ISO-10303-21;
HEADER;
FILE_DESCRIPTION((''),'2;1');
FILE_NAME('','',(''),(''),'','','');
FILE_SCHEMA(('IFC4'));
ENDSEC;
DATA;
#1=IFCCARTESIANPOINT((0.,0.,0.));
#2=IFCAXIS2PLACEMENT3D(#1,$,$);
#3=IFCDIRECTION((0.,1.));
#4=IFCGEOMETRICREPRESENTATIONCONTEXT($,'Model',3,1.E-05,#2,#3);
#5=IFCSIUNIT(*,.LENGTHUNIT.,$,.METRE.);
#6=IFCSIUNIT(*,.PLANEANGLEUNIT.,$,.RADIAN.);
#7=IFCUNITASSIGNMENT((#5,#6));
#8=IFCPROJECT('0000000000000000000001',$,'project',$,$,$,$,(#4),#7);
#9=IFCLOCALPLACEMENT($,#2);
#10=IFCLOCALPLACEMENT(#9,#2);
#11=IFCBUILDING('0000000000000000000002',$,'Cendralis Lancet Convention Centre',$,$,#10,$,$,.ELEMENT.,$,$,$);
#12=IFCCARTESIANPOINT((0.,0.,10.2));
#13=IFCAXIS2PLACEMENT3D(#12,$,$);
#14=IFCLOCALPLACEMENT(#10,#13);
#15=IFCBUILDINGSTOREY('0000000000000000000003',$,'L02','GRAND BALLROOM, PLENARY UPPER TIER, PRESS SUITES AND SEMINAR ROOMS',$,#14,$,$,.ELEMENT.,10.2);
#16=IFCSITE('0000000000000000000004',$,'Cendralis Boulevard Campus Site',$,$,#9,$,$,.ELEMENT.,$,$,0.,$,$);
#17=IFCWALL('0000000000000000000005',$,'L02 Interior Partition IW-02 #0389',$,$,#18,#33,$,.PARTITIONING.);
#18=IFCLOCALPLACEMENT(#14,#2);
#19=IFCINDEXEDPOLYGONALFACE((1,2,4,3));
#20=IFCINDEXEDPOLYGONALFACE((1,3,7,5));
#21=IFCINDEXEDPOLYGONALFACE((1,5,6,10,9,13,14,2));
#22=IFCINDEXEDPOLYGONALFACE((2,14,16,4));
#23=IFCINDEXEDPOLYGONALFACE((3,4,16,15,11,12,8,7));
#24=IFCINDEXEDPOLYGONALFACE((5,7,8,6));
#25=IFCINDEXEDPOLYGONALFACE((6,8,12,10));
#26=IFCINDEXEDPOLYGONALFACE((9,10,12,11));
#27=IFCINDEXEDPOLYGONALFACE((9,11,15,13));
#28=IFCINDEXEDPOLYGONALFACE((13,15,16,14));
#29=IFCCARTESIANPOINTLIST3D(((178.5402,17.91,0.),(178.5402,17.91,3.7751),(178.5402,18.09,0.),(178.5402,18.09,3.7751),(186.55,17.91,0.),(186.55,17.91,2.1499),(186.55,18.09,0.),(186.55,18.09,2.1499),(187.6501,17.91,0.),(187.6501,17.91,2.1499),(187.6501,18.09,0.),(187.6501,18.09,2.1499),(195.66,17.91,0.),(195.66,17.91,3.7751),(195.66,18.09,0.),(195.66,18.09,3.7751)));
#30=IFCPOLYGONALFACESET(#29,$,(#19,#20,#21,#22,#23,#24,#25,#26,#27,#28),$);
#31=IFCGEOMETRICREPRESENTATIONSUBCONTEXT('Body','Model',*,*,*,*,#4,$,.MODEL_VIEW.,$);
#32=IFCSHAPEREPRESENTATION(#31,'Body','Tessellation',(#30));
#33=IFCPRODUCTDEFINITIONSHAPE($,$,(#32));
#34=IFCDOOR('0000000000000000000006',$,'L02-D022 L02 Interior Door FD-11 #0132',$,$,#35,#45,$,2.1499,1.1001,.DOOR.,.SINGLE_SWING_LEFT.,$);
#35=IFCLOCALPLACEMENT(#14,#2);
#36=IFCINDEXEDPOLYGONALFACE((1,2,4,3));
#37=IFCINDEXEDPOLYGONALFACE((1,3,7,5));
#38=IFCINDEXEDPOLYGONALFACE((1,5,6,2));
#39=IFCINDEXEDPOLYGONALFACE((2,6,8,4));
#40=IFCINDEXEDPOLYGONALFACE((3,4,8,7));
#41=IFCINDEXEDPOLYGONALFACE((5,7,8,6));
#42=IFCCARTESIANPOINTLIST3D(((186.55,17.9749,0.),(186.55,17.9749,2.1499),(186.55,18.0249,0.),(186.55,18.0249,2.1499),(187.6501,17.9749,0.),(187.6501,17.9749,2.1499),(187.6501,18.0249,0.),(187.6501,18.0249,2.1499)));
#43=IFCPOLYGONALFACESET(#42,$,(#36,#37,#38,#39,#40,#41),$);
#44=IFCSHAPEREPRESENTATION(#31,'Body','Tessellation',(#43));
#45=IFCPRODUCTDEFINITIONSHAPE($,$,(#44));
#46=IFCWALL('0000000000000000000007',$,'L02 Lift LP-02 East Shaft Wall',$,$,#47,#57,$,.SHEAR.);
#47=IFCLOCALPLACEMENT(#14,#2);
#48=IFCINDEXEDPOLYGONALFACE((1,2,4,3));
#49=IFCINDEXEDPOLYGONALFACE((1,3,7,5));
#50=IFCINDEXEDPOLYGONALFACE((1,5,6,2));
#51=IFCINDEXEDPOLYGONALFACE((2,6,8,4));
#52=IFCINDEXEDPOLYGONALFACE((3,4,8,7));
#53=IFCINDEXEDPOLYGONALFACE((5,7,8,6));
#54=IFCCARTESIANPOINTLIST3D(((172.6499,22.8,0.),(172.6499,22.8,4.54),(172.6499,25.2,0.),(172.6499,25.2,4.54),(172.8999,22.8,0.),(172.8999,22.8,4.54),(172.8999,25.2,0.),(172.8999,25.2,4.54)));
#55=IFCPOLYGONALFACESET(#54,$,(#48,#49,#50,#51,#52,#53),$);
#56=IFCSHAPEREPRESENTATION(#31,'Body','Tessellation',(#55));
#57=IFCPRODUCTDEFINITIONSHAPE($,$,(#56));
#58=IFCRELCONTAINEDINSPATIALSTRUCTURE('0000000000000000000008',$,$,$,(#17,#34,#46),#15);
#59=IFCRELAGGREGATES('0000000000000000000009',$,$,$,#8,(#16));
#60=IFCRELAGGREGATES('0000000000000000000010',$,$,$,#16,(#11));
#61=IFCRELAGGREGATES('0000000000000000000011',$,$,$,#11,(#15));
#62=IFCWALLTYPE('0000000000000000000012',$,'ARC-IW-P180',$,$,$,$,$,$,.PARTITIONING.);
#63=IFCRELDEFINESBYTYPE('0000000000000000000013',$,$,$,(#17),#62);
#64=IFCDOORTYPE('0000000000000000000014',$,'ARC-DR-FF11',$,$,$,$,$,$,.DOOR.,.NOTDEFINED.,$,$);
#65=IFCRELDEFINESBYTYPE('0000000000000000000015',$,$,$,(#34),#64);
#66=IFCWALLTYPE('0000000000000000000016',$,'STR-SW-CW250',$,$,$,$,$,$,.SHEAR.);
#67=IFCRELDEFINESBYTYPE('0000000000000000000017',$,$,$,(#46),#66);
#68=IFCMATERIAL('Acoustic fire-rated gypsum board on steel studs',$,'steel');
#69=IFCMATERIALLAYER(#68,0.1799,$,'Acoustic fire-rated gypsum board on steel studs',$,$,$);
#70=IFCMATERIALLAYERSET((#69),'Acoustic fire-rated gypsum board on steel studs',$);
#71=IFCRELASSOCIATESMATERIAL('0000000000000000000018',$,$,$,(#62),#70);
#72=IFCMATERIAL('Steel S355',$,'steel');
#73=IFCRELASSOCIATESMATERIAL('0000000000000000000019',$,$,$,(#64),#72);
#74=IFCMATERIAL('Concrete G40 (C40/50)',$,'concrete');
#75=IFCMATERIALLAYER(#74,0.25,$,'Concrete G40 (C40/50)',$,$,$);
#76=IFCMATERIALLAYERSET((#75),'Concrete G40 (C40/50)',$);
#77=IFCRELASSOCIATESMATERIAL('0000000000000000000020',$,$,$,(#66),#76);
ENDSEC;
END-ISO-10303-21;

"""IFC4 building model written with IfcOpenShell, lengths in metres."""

from ifc_helpers import new_model, si_unit, direction, frame, frame_2d, origin, place, context, subcontext, project, spatial, rectangle, extrude, material, layer, layer_set, type_object, element, fill, save


model = new_model("IFC4")

# Units and contexts
model_context = context("Model", 3, precision=1e-05, world=origin(), true_north=direction((0.0, 1.0)))
body_context = subcontext(model_context, "Body", "Model", "MODEL_VIEW")
ifc_project = project(units=[si_unit("LENGTHUNIT", "METRE"), si_unit("PLANEANGLEUNIT", "RADIAN")], contexts=[model_context])

# Site, building, storey
site_placement = place(None, origin())
site = spatial("IfcSite", under=ifc_project, at=site_placement, Name="Cendralis Boulevard Campus Site", CompositionType="ELEMENT", RefElevation=0.0)
building_placement = place(site_placement, origin())
building = spatial("IfcBuilding", under=site, at=building_placement, Name="Cendralis Lancet Convention Centre", CompositionType="ELEMENT")
storey_placement = place(building_placement, frame((0.0, 0.0, 10.2)))
storey = spatial("IfcBuildingStorey", under=building, at=storey_placement, Name="L02", Description="GRAND BALLROOM, PLENARY UPPER TIER, PRESS SUITES AND SEMINAR ROOMS", CompositionType="ELEMENT", Elevation=10.2)

# Shared definitions
ifc_material_1 = material(Name="Concrete G40 (C40/50)", Category="concrete")

# Shared definitions
ifc_material_2 = material(Name="Steel S355", Category="steel")

# Wall, opening, door
ifc_material_3 = material(Name="Acoustic fire-rated gypsum board on steel studs", Category="steel")
ifc_layer_1 = layer(ifc_material_3, 0.1799, Name="Acoustic fire-rated gypsum board on steel studs")
ifc_layer_set_1 = layer_set([ifc_layer_1], Name="Acoustic fire-rated gypsum board on steel studs")
wall_type_1 = type_object("IfcWallType", Name="ARC-IW-P180", PredefinedType="PARTITIONING", material=ifc_layer_set_1)
wall_1_placement = place(storey_placement, frame((178.54, 18.0, 0.0), z_axis=(0.0, 0.0, 1.0), x_axis=(1.0, 0.0, 0.0)))
wall_1 = element("IfcWall", 1, at=wall_1_placement, inside=storey, type_object=wall_type_1, Name="L02 Interior Partition IW-02 #0389", PredefinedType="PARTITIONING", context=body_context, shape_type="SweptSolid", body=[
    extrude(rectangle(XDim=17.1199, YDim=0.1799, at=frame_2d((8.5601, 0.0))), origin(), (0.0, 0.0, 1.0), 3.7751),
])
opening_placement = place(wall_1_placement, frame((8.01, 0.0, 0.0)))
opening = element("IfcOpeningElement", 2, at=opening_placement, cuts=wall_1, PredefinedType="OPENING", context=body_context, shape_type="SweptSolid", body=[
    extrude(rectangle(XDim=1.1001, YDim=2.1499, at=frame_2d((0.55, 1.075))), frame((0.0, 0.0999, 0.0), z_axis=(0.0, -1.0, 0.0), x_axis=(1.0, 0.0, 0.0)), (0.0, 0.0, 1.0), 0.2),
])
door_type = type_object("IfcDoorType", Name="ARC-DR-FF11", OperationType="NOTDEFINED", PredefinedType="DOOR", material=ifc_material_2)
door_placement = place(opening_placement, origin())
door = element("IfcDoor", 3, at=door_placement, inside=storey, type_object=door_type, Name="L02-D022 L02 Interior Door FD-11 #0132", OperationType="SINGLE_SWING_LEFT", OverallHeight=2.1499, OverallWidth=1.1001, PredefinedType="DOOR", context=body_context, shape_type="SweptSolid", body=[
    extrude(rectangle(XDim=1.1001, YDim=2.1499, at=frame_2d((0.55, 1.075))), frame((0.0, 0.0249, 0.0), z_axis=(0.0, -1.0, 0.0), x_axis=(1.0, 0.0, 0.0)), (0.0, 0.0, 1.0), 0.05),
])
fill(opening, door)

# Wall
ifc_layer_2 = layer(ifc_material_1, 0.25, Name="Concrete G40 (C40/50)")
ifc_layer_set_2 = layer_set([ifc_layer_2], Name="Concrete G40 (C40/50)")
wall_type_2 = type_object("IfcWallType", Name="STR-SW-CW250", PredefinedType="SHEAR", material=ifc_layer_set_2)
wall_2_placement = place(storey_placement, frame((172.7749, 22.8, 0.0), z_axis=(0.0, 0.0, 1.0), x_axis=(0.0, 1.0, 0.0)))
element("IfcWall", 4, at=wall_2_placement, inside=storey, type_object=wall_type_2, Name="L02 Lift LP-02 East Shaft Wall", PredefinedType="SHEAR", context=body_context, shape_type="SweptSolid", body=[
    extrude(rectangle(XDim=2.3999, YDim=0.25, at=frame_2d((1.2, 0.0))), origin(), (0.0, 0.0, 1.0), 4.54),
])

save(model, "model.ifc")
